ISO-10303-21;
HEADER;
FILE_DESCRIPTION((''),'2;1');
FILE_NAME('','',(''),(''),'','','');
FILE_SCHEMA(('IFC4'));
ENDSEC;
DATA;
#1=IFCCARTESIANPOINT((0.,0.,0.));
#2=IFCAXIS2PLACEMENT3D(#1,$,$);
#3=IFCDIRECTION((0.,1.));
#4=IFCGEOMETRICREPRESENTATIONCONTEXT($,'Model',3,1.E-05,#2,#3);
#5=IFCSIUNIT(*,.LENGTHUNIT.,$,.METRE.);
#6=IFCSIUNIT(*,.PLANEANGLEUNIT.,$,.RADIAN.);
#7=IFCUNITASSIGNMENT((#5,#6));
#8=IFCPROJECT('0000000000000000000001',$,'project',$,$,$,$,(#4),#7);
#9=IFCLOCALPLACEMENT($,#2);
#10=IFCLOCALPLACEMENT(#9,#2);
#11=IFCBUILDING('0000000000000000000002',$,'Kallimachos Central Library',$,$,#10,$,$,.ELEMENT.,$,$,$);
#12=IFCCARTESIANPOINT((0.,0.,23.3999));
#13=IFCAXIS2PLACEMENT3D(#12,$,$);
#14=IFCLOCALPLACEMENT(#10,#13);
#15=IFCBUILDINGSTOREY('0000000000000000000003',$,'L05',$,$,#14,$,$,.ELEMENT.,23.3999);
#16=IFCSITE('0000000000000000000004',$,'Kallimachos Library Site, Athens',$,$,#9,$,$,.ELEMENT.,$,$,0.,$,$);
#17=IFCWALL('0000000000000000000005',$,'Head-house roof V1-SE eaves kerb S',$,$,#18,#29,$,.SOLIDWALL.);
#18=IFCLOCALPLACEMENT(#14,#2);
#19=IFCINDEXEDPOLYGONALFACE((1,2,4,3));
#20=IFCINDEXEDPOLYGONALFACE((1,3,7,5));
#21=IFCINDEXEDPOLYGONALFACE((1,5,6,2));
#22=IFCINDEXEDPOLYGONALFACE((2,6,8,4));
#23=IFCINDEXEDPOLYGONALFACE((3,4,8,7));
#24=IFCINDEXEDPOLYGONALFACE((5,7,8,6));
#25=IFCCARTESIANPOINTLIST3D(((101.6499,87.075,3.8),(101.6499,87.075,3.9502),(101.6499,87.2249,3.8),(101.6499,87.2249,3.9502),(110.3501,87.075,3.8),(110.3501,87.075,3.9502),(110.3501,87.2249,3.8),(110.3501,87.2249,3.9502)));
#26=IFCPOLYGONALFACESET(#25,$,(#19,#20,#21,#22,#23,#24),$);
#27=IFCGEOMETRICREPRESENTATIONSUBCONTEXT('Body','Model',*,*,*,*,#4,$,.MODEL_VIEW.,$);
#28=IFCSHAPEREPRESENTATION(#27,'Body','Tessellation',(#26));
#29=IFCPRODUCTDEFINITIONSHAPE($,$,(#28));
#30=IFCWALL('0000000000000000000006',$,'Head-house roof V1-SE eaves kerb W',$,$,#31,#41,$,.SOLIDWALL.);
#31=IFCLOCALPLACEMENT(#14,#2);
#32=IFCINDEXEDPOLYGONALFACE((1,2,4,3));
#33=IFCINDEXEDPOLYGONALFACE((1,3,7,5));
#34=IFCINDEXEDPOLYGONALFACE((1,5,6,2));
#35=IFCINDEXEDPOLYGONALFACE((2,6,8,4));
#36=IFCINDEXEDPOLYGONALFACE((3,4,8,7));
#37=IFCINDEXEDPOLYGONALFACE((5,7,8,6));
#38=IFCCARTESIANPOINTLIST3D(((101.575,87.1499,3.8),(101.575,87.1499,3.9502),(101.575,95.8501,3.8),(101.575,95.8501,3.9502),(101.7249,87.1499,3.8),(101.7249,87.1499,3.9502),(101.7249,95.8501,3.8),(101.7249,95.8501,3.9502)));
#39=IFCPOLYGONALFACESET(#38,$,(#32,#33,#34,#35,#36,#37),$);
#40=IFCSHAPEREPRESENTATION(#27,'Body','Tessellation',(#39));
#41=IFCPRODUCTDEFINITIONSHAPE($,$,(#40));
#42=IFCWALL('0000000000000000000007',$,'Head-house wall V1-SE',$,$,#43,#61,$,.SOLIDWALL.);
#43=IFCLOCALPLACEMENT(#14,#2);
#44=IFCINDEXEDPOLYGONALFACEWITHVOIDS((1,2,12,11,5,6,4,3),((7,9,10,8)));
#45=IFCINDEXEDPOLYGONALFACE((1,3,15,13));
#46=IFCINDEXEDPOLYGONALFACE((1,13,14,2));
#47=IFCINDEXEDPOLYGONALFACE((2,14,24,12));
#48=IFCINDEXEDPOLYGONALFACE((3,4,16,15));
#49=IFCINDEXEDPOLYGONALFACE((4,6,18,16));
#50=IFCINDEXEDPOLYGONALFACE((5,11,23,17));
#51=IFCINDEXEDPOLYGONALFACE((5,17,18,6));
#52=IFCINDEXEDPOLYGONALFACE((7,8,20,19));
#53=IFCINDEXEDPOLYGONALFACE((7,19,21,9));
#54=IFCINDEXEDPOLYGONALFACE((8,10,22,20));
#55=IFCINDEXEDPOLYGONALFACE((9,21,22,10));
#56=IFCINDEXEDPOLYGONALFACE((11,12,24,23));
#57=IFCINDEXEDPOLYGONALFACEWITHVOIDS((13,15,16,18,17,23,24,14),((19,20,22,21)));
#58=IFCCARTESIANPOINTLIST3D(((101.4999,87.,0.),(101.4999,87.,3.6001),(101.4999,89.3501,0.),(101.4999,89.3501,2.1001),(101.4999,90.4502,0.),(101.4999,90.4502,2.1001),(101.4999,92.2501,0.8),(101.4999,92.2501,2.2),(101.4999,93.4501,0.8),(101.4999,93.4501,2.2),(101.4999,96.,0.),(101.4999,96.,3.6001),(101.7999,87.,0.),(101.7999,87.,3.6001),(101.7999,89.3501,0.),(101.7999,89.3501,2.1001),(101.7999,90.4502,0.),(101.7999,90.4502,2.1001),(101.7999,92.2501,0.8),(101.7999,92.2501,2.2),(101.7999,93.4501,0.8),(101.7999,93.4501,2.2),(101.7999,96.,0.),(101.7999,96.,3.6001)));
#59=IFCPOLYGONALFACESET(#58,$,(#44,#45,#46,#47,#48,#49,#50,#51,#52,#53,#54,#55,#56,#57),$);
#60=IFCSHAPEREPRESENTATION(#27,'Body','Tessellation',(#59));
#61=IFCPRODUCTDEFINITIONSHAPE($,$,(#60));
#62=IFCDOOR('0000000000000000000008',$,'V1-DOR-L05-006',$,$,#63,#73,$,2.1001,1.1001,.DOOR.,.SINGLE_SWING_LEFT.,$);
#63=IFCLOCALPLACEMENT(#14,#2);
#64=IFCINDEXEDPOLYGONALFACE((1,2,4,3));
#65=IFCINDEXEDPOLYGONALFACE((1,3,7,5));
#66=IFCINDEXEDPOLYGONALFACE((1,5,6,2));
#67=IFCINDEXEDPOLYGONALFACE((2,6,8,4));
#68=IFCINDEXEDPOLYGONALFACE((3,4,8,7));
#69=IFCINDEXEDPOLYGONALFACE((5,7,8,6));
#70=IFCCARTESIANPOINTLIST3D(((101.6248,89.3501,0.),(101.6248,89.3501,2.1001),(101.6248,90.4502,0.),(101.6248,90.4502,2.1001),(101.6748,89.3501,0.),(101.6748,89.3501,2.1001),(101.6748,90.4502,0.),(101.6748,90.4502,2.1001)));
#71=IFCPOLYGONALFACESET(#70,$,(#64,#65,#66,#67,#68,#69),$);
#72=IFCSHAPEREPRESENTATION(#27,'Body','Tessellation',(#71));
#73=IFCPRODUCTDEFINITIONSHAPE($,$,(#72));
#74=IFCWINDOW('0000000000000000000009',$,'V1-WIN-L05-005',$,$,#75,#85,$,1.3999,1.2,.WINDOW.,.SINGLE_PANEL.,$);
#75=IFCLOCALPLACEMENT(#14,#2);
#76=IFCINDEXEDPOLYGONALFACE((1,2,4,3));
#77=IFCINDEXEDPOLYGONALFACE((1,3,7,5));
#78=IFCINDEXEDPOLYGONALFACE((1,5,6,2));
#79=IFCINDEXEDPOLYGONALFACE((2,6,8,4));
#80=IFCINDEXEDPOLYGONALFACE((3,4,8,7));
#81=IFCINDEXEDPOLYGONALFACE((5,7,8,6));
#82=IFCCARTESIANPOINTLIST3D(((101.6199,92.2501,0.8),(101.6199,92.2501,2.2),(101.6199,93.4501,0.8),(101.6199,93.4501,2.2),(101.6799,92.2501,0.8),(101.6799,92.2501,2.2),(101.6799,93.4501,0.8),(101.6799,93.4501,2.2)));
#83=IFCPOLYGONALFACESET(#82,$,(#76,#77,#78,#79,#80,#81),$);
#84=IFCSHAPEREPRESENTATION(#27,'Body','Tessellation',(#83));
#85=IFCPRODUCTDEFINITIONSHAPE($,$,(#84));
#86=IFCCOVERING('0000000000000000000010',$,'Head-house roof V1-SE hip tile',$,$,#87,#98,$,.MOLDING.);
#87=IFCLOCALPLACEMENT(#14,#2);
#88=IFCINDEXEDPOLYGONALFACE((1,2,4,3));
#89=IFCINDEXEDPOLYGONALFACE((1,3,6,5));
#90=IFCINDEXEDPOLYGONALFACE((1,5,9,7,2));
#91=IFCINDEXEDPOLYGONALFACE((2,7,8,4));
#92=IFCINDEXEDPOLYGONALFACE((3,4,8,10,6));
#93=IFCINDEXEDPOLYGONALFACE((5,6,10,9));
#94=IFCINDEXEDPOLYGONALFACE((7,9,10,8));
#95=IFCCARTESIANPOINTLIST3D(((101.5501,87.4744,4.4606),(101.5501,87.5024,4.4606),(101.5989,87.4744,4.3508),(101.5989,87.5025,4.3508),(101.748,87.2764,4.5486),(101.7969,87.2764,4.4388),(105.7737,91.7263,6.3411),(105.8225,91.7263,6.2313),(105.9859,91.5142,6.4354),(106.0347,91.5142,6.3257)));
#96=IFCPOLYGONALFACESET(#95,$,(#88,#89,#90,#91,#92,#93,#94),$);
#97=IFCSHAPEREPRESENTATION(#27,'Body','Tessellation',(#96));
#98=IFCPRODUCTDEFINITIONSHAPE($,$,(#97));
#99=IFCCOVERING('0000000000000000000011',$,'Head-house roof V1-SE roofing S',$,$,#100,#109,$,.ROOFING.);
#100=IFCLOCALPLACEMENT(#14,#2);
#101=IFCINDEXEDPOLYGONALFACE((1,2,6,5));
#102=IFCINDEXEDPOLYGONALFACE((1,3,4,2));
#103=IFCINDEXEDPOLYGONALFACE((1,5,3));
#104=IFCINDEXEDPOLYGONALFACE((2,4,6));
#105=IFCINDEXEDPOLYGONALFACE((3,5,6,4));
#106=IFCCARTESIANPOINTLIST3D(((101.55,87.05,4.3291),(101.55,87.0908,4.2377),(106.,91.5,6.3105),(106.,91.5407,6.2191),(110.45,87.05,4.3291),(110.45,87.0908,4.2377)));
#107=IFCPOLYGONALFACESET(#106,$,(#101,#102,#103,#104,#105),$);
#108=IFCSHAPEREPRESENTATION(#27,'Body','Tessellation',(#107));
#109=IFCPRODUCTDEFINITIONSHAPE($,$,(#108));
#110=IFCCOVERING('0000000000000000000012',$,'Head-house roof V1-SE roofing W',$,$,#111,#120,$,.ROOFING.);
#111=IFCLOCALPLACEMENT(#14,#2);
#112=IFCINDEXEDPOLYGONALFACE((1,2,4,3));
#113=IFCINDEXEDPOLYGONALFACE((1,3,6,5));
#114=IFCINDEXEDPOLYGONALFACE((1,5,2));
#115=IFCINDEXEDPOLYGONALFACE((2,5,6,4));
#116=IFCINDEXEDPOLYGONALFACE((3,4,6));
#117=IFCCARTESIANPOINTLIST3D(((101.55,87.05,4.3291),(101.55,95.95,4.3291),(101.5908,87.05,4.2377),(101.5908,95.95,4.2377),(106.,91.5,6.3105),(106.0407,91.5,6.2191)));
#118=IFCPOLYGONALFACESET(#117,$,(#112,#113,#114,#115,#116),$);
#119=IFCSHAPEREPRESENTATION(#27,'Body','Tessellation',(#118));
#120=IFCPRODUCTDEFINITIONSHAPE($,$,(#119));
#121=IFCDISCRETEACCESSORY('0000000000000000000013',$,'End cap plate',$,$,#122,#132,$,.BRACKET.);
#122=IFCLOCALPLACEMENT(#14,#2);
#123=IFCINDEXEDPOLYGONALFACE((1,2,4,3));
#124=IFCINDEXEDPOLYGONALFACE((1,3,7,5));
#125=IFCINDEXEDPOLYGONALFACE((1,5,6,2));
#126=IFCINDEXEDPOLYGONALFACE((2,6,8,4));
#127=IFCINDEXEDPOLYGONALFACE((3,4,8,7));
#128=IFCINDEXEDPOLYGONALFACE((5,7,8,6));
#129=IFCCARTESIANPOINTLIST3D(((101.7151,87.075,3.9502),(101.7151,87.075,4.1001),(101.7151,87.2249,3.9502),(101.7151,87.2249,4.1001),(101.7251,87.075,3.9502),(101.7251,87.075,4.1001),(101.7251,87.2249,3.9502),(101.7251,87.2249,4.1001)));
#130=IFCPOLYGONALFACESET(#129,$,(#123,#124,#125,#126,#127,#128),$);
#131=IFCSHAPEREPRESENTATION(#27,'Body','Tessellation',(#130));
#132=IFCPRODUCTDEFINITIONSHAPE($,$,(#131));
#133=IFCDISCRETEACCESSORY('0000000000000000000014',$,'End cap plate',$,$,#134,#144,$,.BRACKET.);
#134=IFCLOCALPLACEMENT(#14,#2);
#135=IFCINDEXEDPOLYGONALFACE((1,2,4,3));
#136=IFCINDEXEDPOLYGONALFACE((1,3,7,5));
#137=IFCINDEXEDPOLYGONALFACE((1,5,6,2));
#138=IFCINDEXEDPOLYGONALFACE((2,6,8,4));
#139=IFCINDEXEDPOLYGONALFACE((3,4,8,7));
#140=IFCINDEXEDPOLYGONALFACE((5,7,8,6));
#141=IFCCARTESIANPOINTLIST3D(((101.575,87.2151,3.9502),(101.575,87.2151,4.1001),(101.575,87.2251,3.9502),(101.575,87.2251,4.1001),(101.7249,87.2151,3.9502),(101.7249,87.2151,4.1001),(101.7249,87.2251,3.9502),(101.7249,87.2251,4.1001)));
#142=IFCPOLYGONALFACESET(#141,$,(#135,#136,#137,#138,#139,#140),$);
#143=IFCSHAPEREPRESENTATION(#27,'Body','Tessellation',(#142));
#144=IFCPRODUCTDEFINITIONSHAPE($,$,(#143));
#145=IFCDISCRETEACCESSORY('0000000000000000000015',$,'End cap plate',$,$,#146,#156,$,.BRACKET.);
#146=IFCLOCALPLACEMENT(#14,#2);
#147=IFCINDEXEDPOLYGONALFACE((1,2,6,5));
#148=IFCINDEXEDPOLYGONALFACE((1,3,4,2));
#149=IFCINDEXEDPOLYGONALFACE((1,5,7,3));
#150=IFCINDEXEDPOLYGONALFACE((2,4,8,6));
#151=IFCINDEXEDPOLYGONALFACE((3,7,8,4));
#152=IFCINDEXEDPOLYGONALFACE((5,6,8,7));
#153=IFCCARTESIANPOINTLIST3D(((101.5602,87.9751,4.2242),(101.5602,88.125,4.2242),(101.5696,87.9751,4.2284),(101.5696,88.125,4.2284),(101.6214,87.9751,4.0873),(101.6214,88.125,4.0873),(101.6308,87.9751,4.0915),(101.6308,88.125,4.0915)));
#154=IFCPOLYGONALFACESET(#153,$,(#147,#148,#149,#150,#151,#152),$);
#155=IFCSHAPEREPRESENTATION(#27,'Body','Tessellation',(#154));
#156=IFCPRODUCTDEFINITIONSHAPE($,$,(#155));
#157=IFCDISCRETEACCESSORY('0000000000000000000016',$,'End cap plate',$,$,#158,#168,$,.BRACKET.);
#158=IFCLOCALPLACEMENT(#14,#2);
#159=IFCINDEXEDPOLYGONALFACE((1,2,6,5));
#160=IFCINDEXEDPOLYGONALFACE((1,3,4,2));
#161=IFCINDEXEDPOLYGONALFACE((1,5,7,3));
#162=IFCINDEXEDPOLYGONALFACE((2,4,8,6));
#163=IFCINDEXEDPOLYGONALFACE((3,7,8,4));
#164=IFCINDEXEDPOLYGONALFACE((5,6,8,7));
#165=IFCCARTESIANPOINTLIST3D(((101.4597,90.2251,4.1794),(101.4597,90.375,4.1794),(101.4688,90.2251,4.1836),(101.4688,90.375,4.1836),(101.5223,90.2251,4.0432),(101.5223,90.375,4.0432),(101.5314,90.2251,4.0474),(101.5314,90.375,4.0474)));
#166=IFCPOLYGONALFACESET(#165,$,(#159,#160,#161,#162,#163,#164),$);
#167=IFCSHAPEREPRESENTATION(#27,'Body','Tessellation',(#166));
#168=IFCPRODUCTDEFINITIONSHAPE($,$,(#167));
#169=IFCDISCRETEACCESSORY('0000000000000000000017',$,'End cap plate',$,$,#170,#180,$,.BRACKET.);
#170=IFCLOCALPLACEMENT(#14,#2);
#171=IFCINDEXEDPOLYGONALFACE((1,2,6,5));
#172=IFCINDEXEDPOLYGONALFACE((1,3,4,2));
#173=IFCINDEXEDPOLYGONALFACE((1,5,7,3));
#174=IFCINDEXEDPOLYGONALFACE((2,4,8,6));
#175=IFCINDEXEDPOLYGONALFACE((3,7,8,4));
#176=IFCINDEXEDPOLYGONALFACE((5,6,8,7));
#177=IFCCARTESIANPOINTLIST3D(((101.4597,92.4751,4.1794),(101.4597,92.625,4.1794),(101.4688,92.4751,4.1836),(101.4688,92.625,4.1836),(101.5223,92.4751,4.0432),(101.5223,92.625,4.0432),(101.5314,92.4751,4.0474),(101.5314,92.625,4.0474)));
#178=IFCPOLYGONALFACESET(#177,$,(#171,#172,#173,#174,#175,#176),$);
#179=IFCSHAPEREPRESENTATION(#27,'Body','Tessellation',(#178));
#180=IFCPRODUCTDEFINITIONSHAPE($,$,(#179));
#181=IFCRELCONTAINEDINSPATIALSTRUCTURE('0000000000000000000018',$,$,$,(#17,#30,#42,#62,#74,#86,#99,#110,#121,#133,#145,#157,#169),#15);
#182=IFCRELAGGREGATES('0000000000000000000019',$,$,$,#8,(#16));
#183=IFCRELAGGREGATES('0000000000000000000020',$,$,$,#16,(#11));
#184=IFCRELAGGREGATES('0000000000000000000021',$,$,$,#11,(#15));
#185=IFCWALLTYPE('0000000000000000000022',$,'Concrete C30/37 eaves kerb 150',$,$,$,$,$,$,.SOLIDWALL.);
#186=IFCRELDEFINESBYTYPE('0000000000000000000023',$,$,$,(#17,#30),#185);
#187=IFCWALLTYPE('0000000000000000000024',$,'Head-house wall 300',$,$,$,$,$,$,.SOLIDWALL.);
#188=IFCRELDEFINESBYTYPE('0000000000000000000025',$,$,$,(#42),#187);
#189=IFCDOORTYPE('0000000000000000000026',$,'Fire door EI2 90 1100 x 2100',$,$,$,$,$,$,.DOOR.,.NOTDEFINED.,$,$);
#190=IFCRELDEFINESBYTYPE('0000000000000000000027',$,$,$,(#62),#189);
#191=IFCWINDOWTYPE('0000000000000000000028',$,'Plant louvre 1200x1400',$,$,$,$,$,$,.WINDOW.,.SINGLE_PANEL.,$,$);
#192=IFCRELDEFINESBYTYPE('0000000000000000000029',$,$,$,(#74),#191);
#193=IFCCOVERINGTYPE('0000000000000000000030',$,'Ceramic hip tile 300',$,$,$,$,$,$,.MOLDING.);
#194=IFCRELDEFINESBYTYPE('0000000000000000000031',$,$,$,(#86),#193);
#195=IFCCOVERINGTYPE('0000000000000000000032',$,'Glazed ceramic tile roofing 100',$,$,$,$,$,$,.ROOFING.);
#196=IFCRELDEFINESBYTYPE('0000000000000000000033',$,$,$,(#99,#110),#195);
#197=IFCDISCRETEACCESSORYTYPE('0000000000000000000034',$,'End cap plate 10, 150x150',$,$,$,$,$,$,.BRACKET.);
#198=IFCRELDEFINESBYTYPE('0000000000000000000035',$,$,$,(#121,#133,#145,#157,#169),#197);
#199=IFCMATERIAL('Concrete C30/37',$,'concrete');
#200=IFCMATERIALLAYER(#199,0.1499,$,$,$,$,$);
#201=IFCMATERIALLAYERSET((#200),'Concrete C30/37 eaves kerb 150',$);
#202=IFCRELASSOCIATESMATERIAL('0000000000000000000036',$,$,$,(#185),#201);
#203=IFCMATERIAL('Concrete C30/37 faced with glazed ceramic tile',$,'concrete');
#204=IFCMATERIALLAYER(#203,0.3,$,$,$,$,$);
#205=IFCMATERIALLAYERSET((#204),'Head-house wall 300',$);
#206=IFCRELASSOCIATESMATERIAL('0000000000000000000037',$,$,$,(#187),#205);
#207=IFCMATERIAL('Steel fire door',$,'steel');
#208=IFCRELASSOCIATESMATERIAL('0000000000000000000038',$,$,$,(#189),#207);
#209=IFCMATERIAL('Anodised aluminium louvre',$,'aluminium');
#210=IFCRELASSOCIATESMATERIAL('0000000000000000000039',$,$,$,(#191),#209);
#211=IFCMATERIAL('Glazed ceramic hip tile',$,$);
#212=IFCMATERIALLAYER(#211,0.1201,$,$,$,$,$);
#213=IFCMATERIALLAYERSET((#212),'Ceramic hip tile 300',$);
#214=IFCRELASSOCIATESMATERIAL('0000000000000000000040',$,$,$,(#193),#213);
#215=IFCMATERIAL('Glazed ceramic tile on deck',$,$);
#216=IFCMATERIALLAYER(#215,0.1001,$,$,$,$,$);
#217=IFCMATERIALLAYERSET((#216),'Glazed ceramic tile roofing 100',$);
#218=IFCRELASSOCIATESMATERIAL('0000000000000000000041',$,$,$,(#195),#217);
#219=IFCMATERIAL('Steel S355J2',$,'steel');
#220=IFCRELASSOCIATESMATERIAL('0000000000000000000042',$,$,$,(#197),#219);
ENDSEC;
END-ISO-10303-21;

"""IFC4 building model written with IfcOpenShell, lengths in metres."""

from ifc_helpers import new_model, si_unit, direction, frame, frame_2d, origin, origin_2d, place, context, subcontext, project, spatial, polyline, rectangle, outline, extrude, material, layer, layer_set, material_profile, profile_set, type_object, element, fill, save


model = new_model("IFC4")

# Units and contexts
model_context = context("Model", 3, precision=1e-05, world=origin(), true_north=direction((0.0, 1.0)))
body_context = subcontext(model_context, "Body", "Model", "MODEL_VIEW")
ifc_project = project(units=[si_unit("LENGTHUNIT", "METRE"), si_unit("PLANEANGLEUNIT", "RADIAN")], contexts=[model_context])

# Site, building, storey
site_placement = place(None, origin())
site = spatial("IfcSite", under=ifc_project, at=site_placement, Name="Kallimachos Library Site, Athens", CompositionType="ELEMENT", RefElevation=0.0)
building_placement = place(site_placement, origin())
building = spatial("IfcBuilding", under=site, at=building_placement, Name="Kallimachos Central Library", CompositionType="ELEMENT")
storey_placement = place(building_placement, frame((0.0, 0.0, 23.3999)))
storey = spatial("IfcBuildingStorey", under=building, at=storey_placement, Name="L05", CompositionType="ELEMENT", Elevation=23.3999)

# Walls
ifc_material_1 = material(Name="Concrete C30/37", Category="concrete")
ifc_layer_1 = layer(ifc_material_1, 0.1499)
ifc_layer_set_1 = layer_set([ifc_layer_1], Name="Concrete C30/37 eaves kerb 150")
wall_type_1 = type_object("IfcWallType", Name="Concrete C30/37 eaves kerb 150", PredefinedType="SOLIDWALL", material=ifc_layer_set_1)
for number, where, z_axis, x_axis, name in (
    (1, (101.6499, 87.1499, 3.8), (0.0, 0.0, 1.0), (1.0, 0.0, 0.0), "Head-house roof V1-SE eaves kerb S"),
    (2, (101.6499, 87.1499, 3.8), (0.0, 0.0, 1.0), (0.0, 1.0, 0.0), "Head-house roof V1-SE eaves kerb W"),
):
    element("IfcWall", number, at=place(storey_placement, frame(where, z_axis=z_axis, x_axis=x_axis)), inside=storey, type_object=wall_type_1, Name=name, PredefinedType="SOLIDWALL", context=body_context, shape_type="SweptSolid", body=[
        extrude(rectangle(XDim=8.7002, YDim=0.1499, at=frame_2d((4.3501, 0.0))), origin(), (0.0, 0.0, 1.0), 0.1501),
    ])

# Wall, openings, door, window
ifc_material_2 = material(Name="Concrete C30/37 faced with glazed ceramic tile", Category="concrete")
ifc_layer_2 = layer(ifc_material_2, 0.3)
ifc_layer_set_2 = layer_set([ifc_layer_2], Name="Head-house wall 300")
wall_type_2 = type_object("IfcWallType", Name="Head-house wall 300", PredefinedType="SOLIDWALL", material=ifc_layer_set_2)
wall_placement = place(storey_placement, frame((101.6499, 87.0, 0.0), z_axis=(0.0, 0.0, 1.0), x_axis=(0.0, 1.0, 0.0)))
wall = element("IfcWall", 3, at=wall_placement, inside=storey, type_object=wall_type_2, Name="Head-house wall V1-SE", PredefinedType="SOLIDWALL", context=body_context, shape_type="SweptSolid", body=[
    extrude(rectangle(XDim=9.0, YDim=0.3, at=frame_2d((4.5, 0.0))), origin(), (0.0, 0.0, 1.0), 3.6001),
])
opening_1_placement = place(wall_placement, frame((5.25, 0.0, 0.8)))
opening_1 = element("IfcOpeningElement", 4, at=opening_1_placement, cuts=wall, PredefinedType="OPENING", context=body_context, shape_type="SweptSolid", body=[
    extrude(rectangle(XDim=1.2, YDim=1.3999, at=frame_2d((0.6001, 0.7))), frame((0.0, 0.1599, 0.0), z_axis=(0.0, -1.0, 0.0), x_axis=(1.0, 0.0, 0.0)), (0.0, 0.0, 1.0), 0.3201),
])
opening_2_placement = place(wall_placement, frame((2.3501, 0.0, 0.0)))
opening_2 = element("IfcOpeningElement", 5, at=opening_2_placement, cuts=wall, PredefinedType="OPENING", context=body_context, shape_type="SweptSolid", body=[
    extrude(rectangle(XDim=1.1001, YDim=2.1001, at=frame_2d((0.55, 1.05))), frame((0.0, 0.1599, 0.0), z_axis=(0.0, -1.0, 0.0), x_axis=(1.0, 0.0, 0.0)), (0.0, 0.0, 1.0), 0.3201),
])
ifc_material_3 = material(Name="Steel fire door", Category="steel")
door_type = type_object("IfcDoorType", Name="Fire door EI2 90 1100 x 2100", OperationType="NOTDEFINED", PredefinedType="DOOR", material=ifc_material_3)
door_placement = place(opening_2_placement, frame((1.1001, 0.0, 0.0), z_axis=(0.0, 0.0, 1.0), x_axis=(-1.0, 0.0, 0.0)))
door = element("IfcDoor", 6, at=door_placement, inside=storey, type_object=door_type, Name="V1-DOR-L05-006", OperationType="SINGLE_SWING_LEFT", OverallHeight=2.1001, OverallWidth=1.1001, PredefinedType="DOOR", context=body_context, shape_type="SweptSolid", body=[
    extrude(rectangle(XDim=1.1001, YDim=2.1001, at=frame_2d((0.55, 1.05))), frame((0.0, 0.0249, 0.0), z_axis=(0.0, -1.0, 0.0), x_axis=(1.0, 0.0, 0.0)), (0.0, 0.0, 1.0), 0.05),
])
fill(opening_2, door)
ifc_material_4 = material(Name="Anodised aluminium louvre", Category="aluminium")
window_type = type_object("IfcWindowType", Name="Plant louvre 1200x1400", PartitioningType="SINGLE_PANEL", PredefinedType="WINDOW", material=ifc_material_4)
window_placement = place(opening_1_placement, origin())
window = element("IfcWindow", 7, at=window_placement, inside=storey, type_object=window_type, Name="V1-WIN-L05-005", OverallHeight=1.3999, OverallWidth=1.2, PartitioningType="SINGLE_PANEL", PredefinedType="WINDOW", context=body_context, shape_type="SweptSolid", body=[
    extrude(rectangle(XDim=1.2, YDim=1.3999, at=frame_2d((0.6001, 0.7))), frame((0.0, 0.03, 0.0), z_axis=(0.0, -1.0, 0.0), x_axis=(1.0, 0.0, 0.0)), (0.0, 0.0, 1.0), 0.0601),
])
fill(opening_1, window)

# Coverings
ifc_material_5 = material(Name="Glazed ceramic hip tile")
ifc_layer_3 = layer(ifc_material_5, 0.1201)
ifc_layer_set_3 = layer_set([ifc_layer_3], Name="Ceramic hip tile 300")
covering_type_1 = type_object("IfcCoveringType", Name="Ceramic hip tile 300", PredefinedType="MOLDING", material=ifc_layer_set_3)
covering_1_placement = place(storey_placement, frame((101.748, 87.2764, 4.5486), z_axis=(-0.406522, -0.000262, 0.913641), x_axis=(-0.674462, 0.674653, -0.299907)))
element("IfcCovering", 8, at=covering_1_placement, inside=storey, type_object=covering_type_1, Name="Head-house roof V1-SE hip tile", PredefinedType="MOLDING", context=body_context, shape_type="SweptSolid", body=[
    extrude(outline(polyline([(0.0, 0.0), (0.2935, 0.0), (0.3124, -0.0207), (-0.2505, -6.2576), (-0.5651, -6.2577), (0.0, 0.0)])), origin(), (0.0, 0.0, -1.0), 0.1201),
])
ifc_material_6 = material(Name="Glazed ceramic tile on deck")
ifc_layer_4 = layer(ifc_material_6, 0.1001)
ifc_layer_set_4 = layer_set([ifc_layer_4], Name="Glazed ceramic tile roofing 100")
covering_type_2 = type_object("IfcCoveringType", Name="Glazed ceramic tile roofing 100", PredefinedType="ROOFING", material=ifc_layer_set_4)
covering_2_placement = place(storey_placement, frame((101.55, 87.05, 4.3291), z_axis=(0.0, -0.406771, 0.91353), x_axis=(1.0, 0.0, 0.0)))
element("IfcCovering", 9, at=covering_2_placement, inside=storey, type_object=covering_type_2, Name="Head-house roof V1-SE roofing S", PredefinedType="ROOFING", context=body_context, shape_type="SweptSolid", body=[
    extrude(outline(polyline([(0.0, 0.0), (8.8999, 0.0), (4.45, 4.8712), (0.0, 0.0)])), origin(), (0.0, 0.0, -1.0), 0.1001),
])
covering_3_placement = place(storey_placement, frame((101.55, 87.05, 4.3291), z_axis=(-0.406771, 0.0, 0.91353), x_axis=(0.674465, 0.674465, 0.300322)))
element("IfcCovering", 10, at=covering_3_placement, inside=storey, type_object=covering_type_2, Name="Head-house roof V1-SE roofing W", PredefinedType="ROOFING", context=body_context, shape_type="SweptSolid", body=[
    extrude(outline(polyline([(0.0, 0.0), (6.5977, 0.0), (6.0027, 6.5709), (0.0, 0.0)])), origin(), (0.0, 0.0, -1.0), 0.1001),
])

# Discrete accessories
ifc_material_7 = material(Name="Steel S355J2", Category="steel")
ifc_material_profile_1 = material_profile(ifc_material_7, rectangle(XDim=0.1499, YDim=0.1499, at=origin_2d()), Name="End cap plate 10, 150x150")
ifc_profile_set_1 = profile_set([ifc_material_profile_1], Name="Steel S355J2")
discrete_accessory_type = type_object("IfcDiscreteAccessoryType", Name="End cap plate 10, 150x150", PredefinedType="BRACKET", material=ifc_profile_set_1)
for number, where, z_axis, x_axis, name in (
    (11, (101.7151, 87.1499, 4.0251), (1.0, 0.0, 0.0), (0.0, 1.0, 0.0), "End cap plate"),
    (12, (101.6499, 87.2151, 4.0251), (0.0, 1.0, 0.0), (-1.0, 0.0, 0.0), "End cap plate"),
):
    element("IfcDiscreteAccessory", number, at=place(storey_placement, frame(where, z_axis=z_axis, x_axis=x_axis)), inside=storey, type_object=discrete_accessory_type, Name=name, PredefinedType="BRACKET", context=body_context, shape_type="SweptSolid", body=[
        extrude(rectangle(XDim=0.1499, YDim=0.1499, at=origin_2d()), origin(), (0.0, 0.0, 1.0), 0.01),
    ])
discrete_accessory_placement = place(storey_placement, frame((101.5908, 88.05, 4.1558), z_axis=(0.912818, 0.0, 0.408366), x_axis=(0.0, 1.0, 0.0)))
element("IfcDiscreteAccessory", 13, at=discrete_accessory_placement, inside=storey, type_object=discrete_accessory_type, Name="End cap plate", PredefinedType="BRACKET", context=body_context, shape_type="SweptSolid", body=[
    extrude(rectangle(XDim=0.1499, YDim=0.1499, at=origin_2d()), origin(), (0.0, 0.0, 1.0), 0.0103),
])
for number, where, z_axis, x_axis, name in (
    (14, (101.491, 90.3, 4.1113), (0.908677, 0.0, 0.4175), (0.0, 1.0, 0.0), "End cap plate"),
    (15, (101.491, 92.55, 4.1113), (0.908677, 0.0, 0.4175), (0.0, 1.0, 0.0), "End cap plate"),
):
    element("IfcDiscreteAccessory", number, at=place(storey_placement, frame(where, z_axis=z_axis, x_axis=x_axis)), inside=storey, type_object=discrete_accessory_type, Name=name, PredefinedType="BRACKET", context=body_context, shape_type="SweptSolid", body=[
        extrude(rectangle(XDim=0.1499, YDim=0.1499, at=origin_2d()), origin(), (0.0, 0.0, 1.0), 0.01),
    ])

save(model, "model.ifc")
